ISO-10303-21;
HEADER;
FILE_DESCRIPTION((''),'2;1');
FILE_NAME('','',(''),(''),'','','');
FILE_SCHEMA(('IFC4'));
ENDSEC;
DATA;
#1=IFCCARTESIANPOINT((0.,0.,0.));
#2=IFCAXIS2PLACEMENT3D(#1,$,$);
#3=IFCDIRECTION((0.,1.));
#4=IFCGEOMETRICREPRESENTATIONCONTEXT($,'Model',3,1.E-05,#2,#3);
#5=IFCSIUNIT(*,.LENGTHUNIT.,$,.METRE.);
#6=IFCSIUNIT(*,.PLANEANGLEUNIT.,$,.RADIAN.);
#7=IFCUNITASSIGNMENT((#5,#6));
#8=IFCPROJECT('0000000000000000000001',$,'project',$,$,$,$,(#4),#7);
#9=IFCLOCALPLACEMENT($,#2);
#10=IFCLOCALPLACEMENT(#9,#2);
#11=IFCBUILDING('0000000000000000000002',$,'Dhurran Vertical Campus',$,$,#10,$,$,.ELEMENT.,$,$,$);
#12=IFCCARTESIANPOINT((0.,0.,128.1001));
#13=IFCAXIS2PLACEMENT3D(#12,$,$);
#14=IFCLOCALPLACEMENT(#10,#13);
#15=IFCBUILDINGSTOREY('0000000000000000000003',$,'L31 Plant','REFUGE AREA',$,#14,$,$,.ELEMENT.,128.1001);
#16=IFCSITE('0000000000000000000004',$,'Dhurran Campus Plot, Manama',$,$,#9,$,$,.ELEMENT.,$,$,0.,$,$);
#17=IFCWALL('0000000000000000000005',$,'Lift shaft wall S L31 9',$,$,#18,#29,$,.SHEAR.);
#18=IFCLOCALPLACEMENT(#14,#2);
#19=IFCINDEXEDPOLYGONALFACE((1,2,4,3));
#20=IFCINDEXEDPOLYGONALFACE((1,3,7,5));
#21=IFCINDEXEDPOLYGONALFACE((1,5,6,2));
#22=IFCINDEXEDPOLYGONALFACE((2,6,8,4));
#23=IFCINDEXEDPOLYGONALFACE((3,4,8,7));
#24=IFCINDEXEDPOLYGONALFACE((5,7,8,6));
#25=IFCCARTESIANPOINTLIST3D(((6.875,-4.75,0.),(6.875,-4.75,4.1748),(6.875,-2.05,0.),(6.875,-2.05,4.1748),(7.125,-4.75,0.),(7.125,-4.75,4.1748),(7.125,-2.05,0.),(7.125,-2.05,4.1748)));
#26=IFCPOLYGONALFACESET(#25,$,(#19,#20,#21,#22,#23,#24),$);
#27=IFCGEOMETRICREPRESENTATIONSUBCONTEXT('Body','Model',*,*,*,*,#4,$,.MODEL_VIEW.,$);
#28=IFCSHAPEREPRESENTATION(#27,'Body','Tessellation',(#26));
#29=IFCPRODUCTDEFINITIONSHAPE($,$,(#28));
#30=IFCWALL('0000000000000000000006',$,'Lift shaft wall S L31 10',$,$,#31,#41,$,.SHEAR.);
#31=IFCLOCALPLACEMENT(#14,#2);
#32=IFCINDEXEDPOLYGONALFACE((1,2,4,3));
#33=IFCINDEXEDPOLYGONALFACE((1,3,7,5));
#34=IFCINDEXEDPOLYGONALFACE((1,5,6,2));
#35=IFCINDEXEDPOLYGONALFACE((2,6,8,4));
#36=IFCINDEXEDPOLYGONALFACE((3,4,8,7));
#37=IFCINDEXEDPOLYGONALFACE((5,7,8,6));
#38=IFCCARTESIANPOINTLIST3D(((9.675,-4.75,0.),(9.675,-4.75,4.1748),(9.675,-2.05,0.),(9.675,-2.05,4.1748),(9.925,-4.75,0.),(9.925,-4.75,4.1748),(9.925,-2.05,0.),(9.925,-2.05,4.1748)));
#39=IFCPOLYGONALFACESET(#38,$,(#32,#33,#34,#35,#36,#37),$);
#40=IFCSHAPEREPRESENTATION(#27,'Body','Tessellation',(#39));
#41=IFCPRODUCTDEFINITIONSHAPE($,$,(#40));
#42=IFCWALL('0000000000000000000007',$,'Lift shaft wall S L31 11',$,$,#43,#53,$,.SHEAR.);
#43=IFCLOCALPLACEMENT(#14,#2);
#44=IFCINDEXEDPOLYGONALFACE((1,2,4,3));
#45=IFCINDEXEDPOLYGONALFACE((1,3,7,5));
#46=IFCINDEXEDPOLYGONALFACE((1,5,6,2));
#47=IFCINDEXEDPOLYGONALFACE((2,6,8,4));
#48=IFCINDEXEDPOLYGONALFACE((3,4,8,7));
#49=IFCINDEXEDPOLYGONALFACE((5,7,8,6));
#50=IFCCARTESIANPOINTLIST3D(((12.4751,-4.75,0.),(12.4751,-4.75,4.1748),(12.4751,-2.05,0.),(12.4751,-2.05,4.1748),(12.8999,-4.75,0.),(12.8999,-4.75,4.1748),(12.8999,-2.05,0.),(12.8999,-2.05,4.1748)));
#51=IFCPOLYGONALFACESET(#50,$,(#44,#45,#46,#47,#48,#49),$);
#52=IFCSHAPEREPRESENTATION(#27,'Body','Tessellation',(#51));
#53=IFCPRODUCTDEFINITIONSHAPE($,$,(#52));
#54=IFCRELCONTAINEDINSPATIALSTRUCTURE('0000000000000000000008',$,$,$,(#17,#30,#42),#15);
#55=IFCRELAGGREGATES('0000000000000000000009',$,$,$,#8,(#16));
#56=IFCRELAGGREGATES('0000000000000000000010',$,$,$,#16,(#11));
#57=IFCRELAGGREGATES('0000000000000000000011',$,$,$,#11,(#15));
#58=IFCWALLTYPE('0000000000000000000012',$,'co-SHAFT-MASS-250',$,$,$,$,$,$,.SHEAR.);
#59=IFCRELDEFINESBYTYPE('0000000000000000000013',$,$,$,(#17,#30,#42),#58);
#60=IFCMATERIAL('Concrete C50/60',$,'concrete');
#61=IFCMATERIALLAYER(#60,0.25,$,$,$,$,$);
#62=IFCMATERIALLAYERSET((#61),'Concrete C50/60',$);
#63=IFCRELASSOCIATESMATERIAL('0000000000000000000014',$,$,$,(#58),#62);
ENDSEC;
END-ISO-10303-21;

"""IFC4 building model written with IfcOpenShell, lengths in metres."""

from ifc_helpers import new_model, si_unit, direction, frame, origin, place, context, subcontext, project, spatial, polyline, outline, extrude, material, layer, layer_set, type_object, element, save


model = new_model("IFC4")

# Units and contexts
model_context = context("Model", 3, precision=1e-05, world=origin(), true_north=direction((0.0, 1.0)))
body_context = subcontext(model_context, "Body", "Model", "MODEL_VIEW")
ifc_project = project(units=[si_unit("LENGTHUNIT", "METRE"), si_unit("PLANEANGLEUNIT", "RADIAN")], contexts=[model_context])

# Site, building, storey
site_placement = place(None, origin())
site = spatial("IfcSite", under=ifc_project, at=site_placement, Name="Dhurran Campus Plot, Manama", CompositionType="ELEMENT", RefElevation=0.0)
building_placement = place(site_placement, origin())
building = spatial("IfcBuilding", under=site, at=building_placement, Name="Dhurran Vertical Campus", CompositionType="ELEMENT")
storey_placement = place(building_placement, frame((0.0, 0.0, 128.1001)))
storey = spatial("IfcBuildingStorey", under=building, at=storey_placement, Name="L31 Plant", Description="REFUGE AREA", CompositionType="ELEMENT", Elevation=128.1001)

# Walls
ifc_material = material(Name="Concrete C50/60", Category="concrete")
ifc_layer = layer(ifc_material, 0.25)
ifc_layer_set = layer_set([ifc_layer], Name="Concrete C50/60")
wall_type = type_object("IfcWallType", Name="co-SHAFT-MASS-250", PredefinedType="SHEAR", material=ifc_layer_set)
wall_1_placement = place(storey_placement, origin())
element("IfcWall", 1, at=wall_1_placement, inside=storey, type_object=wall_type, Name="Lift shaft wall S L31 9", PredefinedType="SHEAR", context=body_context, shape_type="SweptSolid", body=[
    extrude(outline(polyline([(6.875, -4.75), (7.125, -4.75), (7.125, -2.05), (6.875, -2.05), (6.875, -4.75)])), origin(), (0.0, 0.0, 1.0), 4.1748),
])
wall_2_placement = place(storey_placement, origin())
element("IfcWall", 2, at=wall_2_placement, inside=storey, type_object=wall_type, Name="Lift shaft wall S L31 10", PredefinedType="SHEAR", context=body_context, shape_type="SweptSolid", body=[
    extrude(outline(polyline([(9.675, -4.75), (9.925, -4.75), (9.925, -2.05), (9.675, -2.05), (9.675, -4.75)])), origin(), (0.0, 0.0, 1.0), 4.1748),
])
wall_3_placement = place(storey_placement, origin())
element("IfcWall", 3, at=wall_3_placement, inside=storey, type_object=wall_type, Name="Lift shaft wall S L31 11", PredefinedType="SHEAR", context=body_context, shape_type="SweptSolid", body=[
    extrude(outline(polyline([(12.4751, -4.75), (12.8999, -4.75), (12.8999, -2.05), (12.4751, -2.05), (12.4751, -4.75)])), origin(), (0.0, 0.0, 1.0), 4.1748),
])

save(model, "model.ifc")
